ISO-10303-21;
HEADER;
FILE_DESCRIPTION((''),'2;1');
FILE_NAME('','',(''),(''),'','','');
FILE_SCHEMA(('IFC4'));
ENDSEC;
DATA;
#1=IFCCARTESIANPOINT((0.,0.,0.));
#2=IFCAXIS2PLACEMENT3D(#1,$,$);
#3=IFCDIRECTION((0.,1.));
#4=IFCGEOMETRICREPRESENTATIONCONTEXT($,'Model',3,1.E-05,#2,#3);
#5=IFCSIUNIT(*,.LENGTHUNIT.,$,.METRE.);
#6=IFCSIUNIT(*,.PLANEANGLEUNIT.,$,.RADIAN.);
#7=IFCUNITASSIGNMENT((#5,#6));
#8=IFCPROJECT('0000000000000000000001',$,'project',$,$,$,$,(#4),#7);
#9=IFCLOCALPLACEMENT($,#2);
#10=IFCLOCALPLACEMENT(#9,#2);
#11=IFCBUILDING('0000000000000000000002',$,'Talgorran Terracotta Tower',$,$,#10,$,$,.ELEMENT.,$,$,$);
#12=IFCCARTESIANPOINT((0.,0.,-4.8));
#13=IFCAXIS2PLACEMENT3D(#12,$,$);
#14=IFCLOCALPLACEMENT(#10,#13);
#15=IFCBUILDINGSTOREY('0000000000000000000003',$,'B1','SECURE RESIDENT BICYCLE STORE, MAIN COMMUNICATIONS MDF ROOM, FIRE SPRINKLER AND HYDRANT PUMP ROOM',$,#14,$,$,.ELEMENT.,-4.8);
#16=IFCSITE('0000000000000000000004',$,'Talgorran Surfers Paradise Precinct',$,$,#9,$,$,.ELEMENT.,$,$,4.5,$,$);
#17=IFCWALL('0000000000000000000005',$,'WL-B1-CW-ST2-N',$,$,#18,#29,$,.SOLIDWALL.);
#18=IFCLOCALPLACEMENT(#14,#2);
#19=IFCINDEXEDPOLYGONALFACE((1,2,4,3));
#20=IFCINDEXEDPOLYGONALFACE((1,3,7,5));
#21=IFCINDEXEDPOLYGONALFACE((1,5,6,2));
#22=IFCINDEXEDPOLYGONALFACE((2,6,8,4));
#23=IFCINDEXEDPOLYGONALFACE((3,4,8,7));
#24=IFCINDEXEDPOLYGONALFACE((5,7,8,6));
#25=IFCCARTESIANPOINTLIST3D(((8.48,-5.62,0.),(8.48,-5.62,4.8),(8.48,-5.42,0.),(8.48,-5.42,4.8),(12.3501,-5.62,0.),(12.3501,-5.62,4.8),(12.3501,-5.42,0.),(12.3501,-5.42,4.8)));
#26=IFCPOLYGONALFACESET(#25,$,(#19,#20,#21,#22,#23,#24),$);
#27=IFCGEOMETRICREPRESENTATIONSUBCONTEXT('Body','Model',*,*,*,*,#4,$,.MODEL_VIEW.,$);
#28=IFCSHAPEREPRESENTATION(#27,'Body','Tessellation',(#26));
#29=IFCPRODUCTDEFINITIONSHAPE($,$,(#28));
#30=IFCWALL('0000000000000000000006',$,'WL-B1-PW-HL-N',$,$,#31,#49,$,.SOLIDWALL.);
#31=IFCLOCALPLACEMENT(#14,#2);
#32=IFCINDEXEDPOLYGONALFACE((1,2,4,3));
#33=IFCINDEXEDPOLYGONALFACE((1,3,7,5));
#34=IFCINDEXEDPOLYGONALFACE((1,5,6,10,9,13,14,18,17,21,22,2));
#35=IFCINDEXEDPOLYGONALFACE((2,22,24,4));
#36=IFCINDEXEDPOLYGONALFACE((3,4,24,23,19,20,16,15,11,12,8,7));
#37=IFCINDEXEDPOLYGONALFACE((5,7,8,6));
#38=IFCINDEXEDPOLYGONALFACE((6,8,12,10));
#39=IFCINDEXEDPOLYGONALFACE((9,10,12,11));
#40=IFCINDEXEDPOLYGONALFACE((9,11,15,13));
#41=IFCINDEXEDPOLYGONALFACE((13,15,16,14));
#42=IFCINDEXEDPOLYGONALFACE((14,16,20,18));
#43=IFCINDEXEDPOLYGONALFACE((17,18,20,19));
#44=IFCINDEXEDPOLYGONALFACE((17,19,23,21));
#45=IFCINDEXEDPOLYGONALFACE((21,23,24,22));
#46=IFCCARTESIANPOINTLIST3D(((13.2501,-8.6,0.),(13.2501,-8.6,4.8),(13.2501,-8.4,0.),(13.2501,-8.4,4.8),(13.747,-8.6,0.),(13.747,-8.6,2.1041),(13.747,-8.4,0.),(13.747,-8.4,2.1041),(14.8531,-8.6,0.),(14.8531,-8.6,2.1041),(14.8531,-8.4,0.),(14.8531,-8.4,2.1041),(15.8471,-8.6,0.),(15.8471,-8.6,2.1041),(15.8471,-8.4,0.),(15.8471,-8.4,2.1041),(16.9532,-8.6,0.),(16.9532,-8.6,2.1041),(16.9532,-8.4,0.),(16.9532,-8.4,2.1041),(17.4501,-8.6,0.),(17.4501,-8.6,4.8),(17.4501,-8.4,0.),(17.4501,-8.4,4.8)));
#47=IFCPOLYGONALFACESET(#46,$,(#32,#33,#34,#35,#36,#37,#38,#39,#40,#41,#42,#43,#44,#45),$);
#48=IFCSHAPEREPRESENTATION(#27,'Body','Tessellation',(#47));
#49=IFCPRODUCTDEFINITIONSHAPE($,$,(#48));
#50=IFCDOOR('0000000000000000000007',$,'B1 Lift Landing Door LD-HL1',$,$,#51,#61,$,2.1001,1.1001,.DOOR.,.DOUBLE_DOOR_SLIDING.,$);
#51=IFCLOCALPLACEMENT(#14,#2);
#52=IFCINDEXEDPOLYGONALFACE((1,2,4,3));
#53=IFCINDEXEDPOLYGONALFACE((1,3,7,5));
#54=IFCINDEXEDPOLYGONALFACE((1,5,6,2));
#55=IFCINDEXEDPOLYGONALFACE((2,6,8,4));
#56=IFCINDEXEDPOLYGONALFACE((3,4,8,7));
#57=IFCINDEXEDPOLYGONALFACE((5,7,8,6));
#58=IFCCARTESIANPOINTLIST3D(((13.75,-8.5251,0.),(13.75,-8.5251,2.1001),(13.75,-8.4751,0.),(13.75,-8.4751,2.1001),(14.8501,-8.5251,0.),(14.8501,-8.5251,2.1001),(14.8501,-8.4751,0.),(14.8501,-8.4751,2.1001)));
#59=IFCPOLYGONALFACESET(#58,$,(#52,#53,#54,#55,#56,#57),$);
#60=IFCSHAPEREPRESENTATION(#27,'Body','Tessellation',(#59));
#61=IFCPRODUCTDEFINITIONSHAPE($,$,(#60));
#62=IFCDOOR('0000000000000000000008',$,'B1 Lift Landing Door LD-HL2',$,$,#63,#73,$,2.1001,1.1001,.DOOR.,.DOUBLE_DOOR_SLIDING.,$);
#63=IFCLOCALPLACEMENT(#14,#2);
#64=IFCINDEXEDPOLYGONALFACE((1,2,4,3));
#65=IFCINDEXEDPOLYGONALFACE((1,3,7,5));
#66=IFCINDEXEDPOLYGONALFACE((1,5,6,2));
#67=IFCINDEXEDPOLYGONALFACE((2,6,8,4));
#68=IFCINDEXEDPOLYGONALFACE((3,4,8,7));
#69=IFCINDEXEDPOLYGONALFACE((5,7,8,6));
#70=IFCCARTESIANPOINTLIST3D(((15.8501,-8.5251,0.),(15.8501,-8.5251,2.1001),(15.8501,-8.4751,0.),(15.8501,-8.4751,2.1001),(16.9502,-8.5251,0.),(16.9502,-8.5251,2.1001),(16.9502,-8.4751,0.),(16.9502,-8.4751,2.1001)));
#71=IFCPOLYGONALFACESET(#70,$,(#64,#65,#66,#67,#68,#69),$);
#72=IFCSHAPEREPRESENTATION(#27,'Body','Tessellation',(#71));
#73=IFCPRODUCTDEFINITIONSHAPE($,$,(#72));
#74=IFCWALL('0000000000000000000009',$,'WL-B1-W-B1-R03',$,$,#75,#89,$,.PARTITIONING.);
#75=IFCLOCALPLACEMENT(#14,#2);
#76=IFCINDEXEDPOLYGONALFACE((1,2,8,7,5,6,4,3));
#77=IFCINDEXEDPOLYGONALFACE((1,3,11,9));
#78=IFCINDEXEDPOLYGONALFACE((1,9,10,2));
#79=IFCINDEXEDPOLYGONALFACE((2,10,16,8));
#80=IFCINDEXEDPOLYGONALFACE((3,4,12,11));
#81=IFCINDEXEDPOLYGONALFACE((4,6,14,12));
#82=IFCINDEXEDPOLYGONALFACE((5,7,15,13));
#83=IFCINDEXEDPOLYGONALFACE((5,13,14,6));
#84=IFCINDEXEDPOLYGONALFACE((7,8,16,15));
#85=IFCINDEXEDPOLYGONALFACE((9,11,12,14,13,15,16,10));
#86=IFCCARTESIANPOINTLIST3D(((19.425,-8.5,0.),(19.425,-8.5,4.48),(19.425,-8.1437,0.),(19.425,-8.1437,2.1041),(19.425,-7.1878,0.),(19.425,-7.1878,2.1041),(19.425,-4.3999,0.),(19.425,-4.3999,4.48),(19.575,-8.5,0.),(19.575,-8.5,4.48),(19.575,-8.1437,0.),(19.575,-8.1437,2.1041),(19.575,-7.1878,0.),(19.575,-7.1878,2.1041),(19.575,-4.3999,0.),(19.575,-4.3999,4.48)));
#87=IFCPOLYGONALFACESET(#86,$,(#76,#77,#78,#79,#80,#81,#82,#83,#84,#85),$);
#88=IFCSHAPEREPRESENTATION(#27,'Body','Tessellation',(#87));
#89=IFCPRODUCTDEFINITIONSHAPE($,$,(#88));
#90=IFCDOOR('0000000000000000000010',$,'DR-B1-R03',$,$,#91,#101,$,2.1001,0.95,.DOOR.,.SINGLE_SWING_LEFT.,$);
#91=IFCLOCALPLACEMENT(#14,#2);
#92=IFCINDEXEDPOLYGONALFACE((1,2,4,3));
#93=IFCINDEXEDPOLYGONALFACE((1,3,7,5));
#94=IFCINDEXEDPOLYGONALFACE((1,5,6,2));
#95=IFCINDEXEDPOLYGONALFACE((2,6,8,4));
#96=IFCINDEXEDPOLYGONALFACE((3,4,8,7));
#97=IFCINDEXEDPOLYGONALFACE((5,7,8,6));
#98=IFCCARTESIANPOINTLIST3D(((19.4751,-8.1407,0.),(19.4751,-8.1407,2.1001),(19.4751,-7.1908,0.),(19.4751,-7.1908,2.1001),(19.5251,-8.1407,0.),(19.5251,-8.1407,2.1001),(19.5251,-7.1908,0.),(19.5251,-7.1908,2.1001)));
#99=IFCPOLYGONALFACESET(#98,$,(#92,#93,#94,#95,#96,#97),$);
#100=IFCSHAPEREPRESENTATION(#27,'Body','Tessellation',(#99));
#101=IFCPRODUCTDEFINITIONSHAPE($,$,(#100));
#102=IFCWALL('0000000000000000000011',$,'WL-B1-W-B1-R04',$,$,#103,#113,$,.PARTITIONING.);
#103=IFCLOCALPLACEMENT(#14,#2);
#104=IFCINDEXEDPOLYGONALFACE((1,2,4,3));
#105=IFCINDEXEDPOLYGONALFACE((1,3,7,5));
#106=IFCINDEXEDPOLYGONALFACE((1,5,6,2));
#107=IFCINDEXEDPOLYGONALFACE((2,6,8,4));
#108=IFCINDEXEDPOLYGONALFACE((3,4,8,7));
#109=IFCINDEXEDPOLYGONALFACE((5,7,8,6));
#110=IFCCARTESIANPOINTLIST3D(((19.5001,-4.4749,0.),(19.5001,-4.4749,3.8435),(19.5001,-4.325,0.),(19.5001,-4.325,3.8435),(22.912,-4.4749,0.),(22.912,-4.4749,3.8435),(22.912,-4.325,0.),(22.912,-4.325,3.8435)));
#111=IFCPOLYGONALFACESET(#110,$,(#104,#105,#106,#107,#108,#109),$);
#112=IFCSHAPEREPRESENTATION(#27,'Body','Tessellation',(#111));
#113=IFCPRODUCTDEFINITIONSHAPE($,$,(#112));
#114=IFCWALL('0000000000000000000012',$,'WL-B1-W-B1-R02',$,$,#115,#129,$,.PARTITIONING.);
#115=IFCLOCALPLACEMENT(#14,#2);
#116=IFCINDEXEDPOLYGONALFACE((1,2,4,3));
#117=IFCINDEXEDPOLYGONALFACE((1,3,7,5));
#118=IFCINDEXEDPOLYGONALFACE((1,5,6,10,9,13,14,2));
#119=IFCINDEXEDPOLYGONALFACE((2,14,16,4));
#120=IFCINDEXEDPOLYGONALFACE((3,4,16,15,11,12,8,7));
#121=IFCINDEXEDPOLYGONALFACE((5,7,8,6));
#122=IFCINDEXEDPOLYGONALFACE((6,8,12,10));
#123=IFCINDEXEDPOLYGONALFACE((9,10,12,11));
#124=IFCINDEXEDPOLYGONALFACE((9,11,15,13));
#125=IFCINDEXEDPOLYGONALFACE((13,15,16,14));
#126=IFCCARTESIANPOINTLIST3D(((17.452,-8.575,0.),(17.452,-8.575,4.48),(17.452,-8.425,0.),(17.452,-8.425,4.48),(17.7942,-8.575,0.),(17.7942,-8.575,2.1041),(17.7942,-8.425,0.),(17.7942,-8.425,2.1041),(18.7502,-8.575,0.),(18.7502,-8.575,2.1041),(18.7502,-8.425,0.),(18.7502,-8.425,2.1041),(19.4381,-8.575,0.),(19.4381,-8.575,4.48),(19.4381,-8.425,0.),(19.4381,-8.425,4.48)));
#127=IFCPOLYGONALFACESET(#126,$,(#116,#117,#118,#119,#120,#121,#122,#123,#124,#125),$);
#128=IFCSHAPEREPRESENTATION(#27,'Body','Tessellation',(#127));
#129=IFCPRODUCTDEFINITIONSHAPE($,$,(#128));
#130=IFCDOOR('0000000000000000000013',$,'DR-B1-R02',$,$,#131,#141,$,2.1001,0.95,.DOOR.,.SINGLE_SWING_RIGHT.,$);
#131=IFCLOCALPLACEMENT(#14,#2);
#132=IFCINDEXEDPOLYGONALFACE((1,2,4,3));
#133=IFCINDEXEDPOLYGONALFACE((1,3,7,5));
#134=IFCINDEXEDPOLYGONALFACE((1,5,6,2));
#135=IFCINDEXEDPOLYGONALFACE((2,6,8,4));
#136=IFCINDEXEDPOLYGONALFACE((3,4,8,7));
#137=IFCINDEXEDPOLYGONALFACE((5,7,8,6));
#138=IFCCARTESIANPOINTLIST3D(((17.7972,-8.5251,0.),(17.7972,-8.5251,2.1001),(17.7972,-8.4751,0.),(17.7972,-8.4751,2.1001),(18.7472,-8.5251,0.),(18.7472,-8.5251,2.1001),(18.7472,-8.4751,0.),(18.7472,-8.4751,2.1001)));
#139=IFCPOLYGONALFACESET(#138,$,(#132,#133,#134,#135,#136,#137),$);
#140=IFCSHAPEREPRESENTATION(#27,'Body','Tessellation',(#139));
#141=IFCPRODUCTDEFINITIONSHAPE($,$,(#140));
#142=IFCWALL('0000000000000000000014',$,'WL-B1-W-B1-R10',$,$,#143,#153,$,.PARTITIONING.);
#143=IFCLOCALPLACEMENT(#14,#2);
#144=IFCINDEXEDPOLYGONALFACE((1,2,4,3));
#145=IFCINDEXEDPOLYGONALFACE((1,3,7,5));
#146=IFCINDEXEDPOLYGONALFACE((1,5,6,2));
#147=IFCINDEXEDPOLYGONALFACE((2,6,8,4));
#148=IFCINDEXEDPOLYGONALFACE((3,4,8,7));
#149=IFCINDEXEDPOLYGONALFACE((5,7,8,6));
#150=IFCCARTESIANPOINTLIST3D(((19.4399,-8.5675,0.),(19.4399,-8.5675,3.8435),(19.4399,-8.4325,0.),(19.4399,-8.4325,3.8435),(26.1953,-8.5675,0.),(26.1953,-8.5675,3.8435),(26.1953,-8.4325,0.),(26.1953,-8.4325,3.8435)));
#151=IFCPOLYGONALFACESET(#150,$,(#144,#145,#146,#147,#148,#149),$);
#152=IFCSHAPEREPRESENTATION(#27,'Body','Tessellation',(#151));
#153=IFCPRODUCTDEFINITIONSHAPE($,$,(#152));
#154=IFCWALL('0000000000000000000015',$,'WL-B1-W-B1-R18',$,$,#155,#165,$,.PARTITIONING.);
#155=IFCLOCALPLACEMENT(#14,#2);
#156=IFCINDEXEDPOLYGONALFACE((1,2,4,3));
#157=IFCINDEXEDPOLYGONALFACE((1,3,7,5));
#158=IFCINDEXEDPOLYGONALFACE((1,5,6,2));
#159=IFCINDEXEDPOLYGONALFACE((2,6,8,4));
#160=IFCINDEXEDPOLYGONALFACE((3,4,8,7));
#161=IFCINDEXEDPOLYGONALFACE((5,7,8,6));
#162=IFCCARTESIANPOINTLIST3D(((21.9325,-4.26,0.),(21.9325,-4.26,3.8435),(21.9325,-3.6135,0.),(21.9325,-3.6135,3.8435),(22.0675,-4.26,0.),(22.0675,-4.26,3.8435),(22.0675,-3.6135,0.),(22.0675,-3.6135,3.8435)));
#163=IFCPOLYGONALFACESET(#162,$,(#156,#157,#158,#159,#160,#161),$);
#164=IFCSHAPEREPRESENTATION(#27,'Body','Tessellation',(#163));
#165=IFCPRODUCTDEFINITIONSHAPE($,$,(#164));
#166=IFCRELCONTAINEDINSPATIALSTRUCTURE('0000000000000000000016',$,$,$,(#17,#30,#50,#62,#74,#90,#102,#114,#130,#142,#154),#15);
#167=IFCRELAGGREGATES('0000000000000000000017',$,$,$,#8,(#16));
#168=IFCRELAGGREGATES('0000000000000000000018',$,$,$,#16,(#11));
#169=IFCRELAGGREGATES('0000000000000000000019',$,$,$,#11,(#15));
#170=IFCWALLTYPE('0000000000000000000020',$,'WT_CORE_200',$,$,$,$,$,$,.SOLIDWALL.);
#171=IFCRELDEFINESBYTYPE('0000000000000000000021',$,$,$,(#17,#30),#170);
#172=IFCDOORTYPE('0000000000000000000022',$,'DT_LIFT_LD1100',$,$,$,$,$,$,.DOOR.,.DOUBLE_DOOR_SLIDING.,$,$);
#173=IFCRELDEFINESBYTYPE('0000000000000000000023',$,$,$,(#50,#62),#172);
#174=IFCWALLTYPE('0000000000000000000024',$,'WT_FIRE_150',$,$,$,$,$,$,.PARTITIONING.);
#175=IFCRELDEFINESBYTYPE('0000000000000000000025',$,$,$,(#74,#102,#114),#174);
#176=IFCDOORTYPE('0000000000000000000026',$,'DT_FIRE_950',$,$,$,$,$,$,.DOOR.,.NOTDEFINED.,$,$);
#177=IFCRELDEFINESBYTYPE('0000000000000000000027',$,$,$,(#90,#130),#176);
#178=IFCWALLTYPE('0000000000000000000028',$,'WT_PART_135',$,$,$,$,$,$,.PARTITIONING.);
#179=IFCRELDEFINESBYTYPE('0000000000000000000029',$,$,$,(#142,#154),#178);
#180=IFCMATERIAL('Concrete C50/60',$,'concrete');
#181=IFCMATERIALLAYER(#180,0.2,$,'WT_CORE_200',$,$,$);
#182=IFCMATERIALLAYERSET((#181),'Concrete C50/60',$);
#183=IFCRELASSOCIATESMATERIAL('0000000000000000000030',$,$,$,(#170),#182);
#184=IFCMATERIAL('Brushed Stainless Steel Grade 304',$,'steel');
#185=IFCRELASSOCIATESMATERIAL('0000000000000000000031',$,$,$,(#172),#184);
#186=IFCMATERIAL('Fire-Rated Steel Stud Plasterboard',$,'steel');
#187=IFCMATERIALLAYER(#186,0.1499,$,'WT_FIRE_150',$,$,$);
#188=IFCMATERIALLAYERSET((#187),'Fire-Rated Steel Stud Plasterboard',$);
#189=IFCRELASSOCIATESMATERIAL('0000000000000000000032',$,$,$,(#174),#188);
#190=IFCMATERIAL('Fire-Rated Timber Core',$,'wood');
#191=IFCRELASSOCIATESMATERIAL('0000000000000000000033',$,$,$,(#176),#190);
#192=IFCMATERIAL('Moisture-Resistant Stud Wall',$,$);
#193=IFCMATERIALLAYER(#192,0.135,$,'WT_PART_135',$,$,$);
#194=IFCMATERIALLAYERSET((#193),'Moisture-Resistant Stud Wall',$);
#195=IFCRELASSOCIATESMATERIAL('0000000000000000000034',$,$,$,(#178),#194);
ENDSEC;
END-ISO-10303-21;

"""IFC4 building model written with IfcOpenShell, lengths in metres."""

from ifc_helpers import new_model, si_unit, direction, frame, frame_2d, origin, place, context, subcontext, project, spatial, rectangle, extrude, material, layer, layer_set, type_object, element, fill, save


model = new_model("IFC4")

# Units and contexts
model_context = context("Model", 3, precision=1e-05, world=origin(), true_north=direction((0.0, 1.0)))
body_context = subcontext(model_context, "Body", "Model", "MODEL_VIEW")
ifc_project = project(units=[si_unit("LENGTHUNIT", "METRE"), si_unit("PLANEANGLEUNIT", "RADIAN")], contexts=[model_context])

# Site, building, storey
site_placement = place(None, origin())
site = spatial("IfcSite", under=ifc_project, at=site_placement, Name="Talgorran Surfers Paradise Precinct", CompositionType="ELEMENT", RefElevation=4.5)
building_placement = place(site_placement, origin())
building = spatial("IfcBuilding", under=site, at=building_placement, Name="Talgorran Terracotta Tower", CompositionType="ELEMENT")
storey_placement = place(building_placement, frame((0.0, 0.0, -4.8)))
storey = spatial("IfcBuildingStorey", under=building, at=storey_placement, Name="B1", Description="SECURE RESIDENT BICYCLE STORE, MAIN COMMUNICATIONS MDF ROOM, FIRE SPRINKLER AND HYDRANT PUMP ROOM", CompositionType="ELEMENT", Elevation=-4.8)

# Shared definitions
ifc_material_1 = material(Name="Concrete C50/60", Category="concrete")

# Wall
ifc_layer_1 = layer(ifc_material_1, 0.2, Name="WT_CORE_200")
ifc_layer_set_1 = layer_set([ifc_layer_1], Name="Concrete C50/60")
wall_type_1 = type_object("IfcWallType", Name="WT_CORE_200", PredefinedType="SOLIDWALL", material=ifc_layer_set_1)
wall_1_placement = place(storey_placement, frame((8.48, -5.52, 0.0), z_axis=(0.0, 0.0, 1.0), x_axis=(1.0, 0.0, 0.0)))
element("IfcWall", 1, at=wall_1_placement, inside=storey, type_object=wall_type_1, Name="WL-B1-CW-ST2-N", PredefinedType="SOLIDWALL", context=body_context, shape_type="SweptSolid", body=[
    extrude(rectangle(XDim=3.8701, YDim=0.2, at=frame_2d((1.9351, 0.0))), origin(), (0.0, 0.0, 1.0), 4.8),
])

# Wall, openings, doors
wall_2_placement = place(storey_placement, frame((13.25, -8.5, 0.0), z_axis=(0.0, 0.0, 1.0), x_axis=(1.0, 0.0, 0.0)))
wall_2 = element("IfcWall", 2, at=wall_2_placement, inside=storey, type_object=wall_type_1, Name="WL-B1-PW-HL-N", PredefinedType="SOLIDWALL", context=body_context, shape_type="SweptSolid", body=[
    extrude(rectangle(XDim=4.2, YDim=0.2, at=frame_2d((2.1001, 0.0))), origin(), (0.0, 0.0, 1.0), 4.8),
])
opening_1_placement = place(wall_2_placement, frame((0.5, 0.0, 0.0)))
opening_1 = element("IfcOpeningElement", 3, at=opening_1_placement, cuts=wall_2, PredefinedType="OPENING", context=body_context, shape_type="SweptSolid", body=[
    extrude(rectangle(XDim=1.1061, YDim=2.1041, at=frame_2d((0.55, 1.052))), frame((0.0, 0.1099, 0.0), z_axis=(0.0, -1.0, 0.0), x_axis=(1.0, 0.0, 0.0)), (0.0, 0.0, 1.0), 0.22),
])
opening_2_placement = place(wall_2_placement, frame((2.6001, 0.0, 0.0)))
opening_2 = element("IfcOpeningElement", 4, at=opening_2_placement, cuts=wall_2, PredefinedType="OPENING", context=body_context, shape_type="SweptSolid", body=[
    extrude(rectangle(XDim=1.1061, YDim=2.1041, at=frame_2d((0.55, 1.052))), frame((0.0, 0.1099, 0.0), z_axis=(0.0, -1.0, 0.0), x_axis=(1.0, 0.0, 0.0)), (0.0, 0.0, 1.0), 0.22),
])
ifc_material_2 = material(Name="Brushed Stainless Steel Grade 304", Category="steel")
door_type_1 = type_object("IfcDoorType", Name="DT_LIFT_LD1100", OperationType="DOUBLE_DOOR_SLIDING", PredefinedType="DOOR", material=ifc_material_2)
door_1_placement = place(opening_1_placement, origin())
door_1 = element("IfcDoor", 5, at=door_1_placement, inside=storey, type_object=door_type_1, Name="B1 Lift Landing Door LD-HL1", OperationType="DOUBLE_DOOR_SLIDING", OverallHeight=2.1001, OverallWidth=1.1001, PredefinedType="DOOR", context=body_context, shape_type="SweptSolid", body=[
    extrude(rectangle(XDim=1.1001, YDim=2.1001, at=frame_2d((0.55, 1.05))), frame((0.0, 0.0249, 0.0), z_axis=(0.0, -1.0, 0.0), x_axis=(1.0, 0.0, 0.0)), (0.0, 0.0, 1.0), 0.05),
])
fill(opening_1, door_1)
door_2_placement = place(opening_2_placement, origin())
door_2 = element("IfcDoor", 6, at=door_2_placement, inside=storey, type_object=door_type_1, Name="B1 Lift Landing Door LD-HL2", OperationType="DOUBLE_DOOR_SLIDING", OverallHeight=2.1001, OverallWidth=1.1001, PredefinedType="DOOR", context=body_context, shape_type="SweptSolid", body=[
    extrude(rectangle(XDim=1.1001, YDim=2.1001, at=frame_2d((0.55, 1.05))), frame((0.0, 0.0249, 0.0), z_axis=(0.0, -1.0, 0.0), x_axis=(1.0, 0.0, 0.0)), (0.0, 0.0, 1.0), 0.05),
])
fill(opening_2, door_2)

# Wall, opening, door
ifc_material_3 = material(Name="Fire-Rated Steel Stud Plasterboard", Category="steel")
ifc_layer_2 = layer(ifc_material_3, 0.1499, Name="WT_FIRE_150")
ifc_layer_set_2 = layer_set([ifc_layer_2], Name="Fire-Rated Steel Stud Plasterboard")
wall_type_2 = type_object("IfcWallType", Name="WT_FIRE_150", PredefinedType="PARTITIONING", material=ifc_layer_set_2)
wall_3_placement = place(storey_placement, frame((19.5, -8.5, 0.0), z_axis=(0.0, 0.0, 1.0), x_axis=(0.0, 1.0, 0.0)))
wall_3 = element("IfcWall", 7, at=wall_3_placement, inside=storey, type_object=wall_type_2, Name="WL-B1-W-B1-R03", PredefinedType="PARTITIONING", context=body_context, shape_type="SweptSolid", body=[
    extrude(rectangle(XDim=4.1001, YDim=0.1499, at=frame_2d((2.05, 0.0))), origin(), (0.0, 0.0, 1.0), 4.48),
])
opening_3_placement = place(wall_3_placement, frame((0.3591, 0.0, 0.0)))
opening_3 = element("IfcOpeningElement", 8, at=opening_3_placement, cuts=wall_3, PredefinedType="OPENING", context=body_context, shape_type="SweptSolid", body=[
    extrude(rectangle(XDim=0.956, YDim=2.1041, at=frame_2d((0.4751, 1.052))), frame((0.0, 0.085, 0.0), z_axis=(0.0, -1.0, 0.0), x_axis=(1.0, 0.0, 0.0)), (0.0, 0.0, 1.0), 0.1699),
])
ifc_material_4 = material(Name="Fire-Rated Timber Core", Category="wood")
door_type_2 = type_object("IfcDoorType", Name="DT_FIRE_950", OperationType="NOTDEFINED", PredefinedType="DOOR", material=ifc_material_4)
door_3_placement = place(opening_3_placement, origin())
door_3 = element("IfcDoor", 9, at=door_3_placement, inside=storey, type_object=door_type_2, Name="DR-B1-R03", OperationType="SINGLE_SWING_LEFT", OverallHeight=2.1001, OverallWidth=0.95, PredefinedType="DOOR", context=body_context, shape_type="SweptSolid", body=[
    extrude(rectangle(XDim=0.95, YDim=2.1001, at=frame_2d((0.4751, 1.05))), frame((0.0, 0.0249, 0.0), z_axis=(0.0, -1.0, 0.0), x_axis=(1.0, 0.0, 0.0)), (0.0, 0.0, 1.0), 0.05),
])
fill(opening_3, door_3)

# Wall
wall_4_placement = place(storey_placement, frame((19.5, -4.3999, 0.0), z_axis=(0.0, 0.0, 1.0), x_axis=(1.0, 0.0, 0.0)))
element("IfcWall", 10, at=wall_4_placement, inside=storey, type_object=wall_type_2, Name="WL-B1-W-B1-R04", PredefinedType="PARTITIONING", context=body_context, shape_type="SweptSolid", body=[
    extrude(rectangle(XDim=3.4119, YDim=0.1499, at=frame_2d((1.7061, 0.0))), origin(), (0.0, 0.0, 1.0), 3.8435),
])

# Wall, opening, door
wall_5_placement = place(storey_placement, frame((17.4519, -8.5, 0.0), z_axis=(0.0, 0.0, 1.0), x_axis=(1.0, 0.0, 0.0)))
wall_5 = element("IfcWall", 11, at=wall_5_placement, inside=storey, type_object=wall_type_2, Name="WL-B1-W-B1-R02", PredefinedType="PARTITIONING", context=body_context, shape_type="SweptSolid", body=[
    extrude(rectangle(XDim=1.9861, YDim=0.1499, at=frame_2d((0.9932, 0.0))), origin(), (0.0, 0.0, 1.0), 4.48),
])
opening_4_placement = place(wall_5_placement, frame((0.3452, 0.0, 0.0)))
opening_4 = element("IfcOpeningElement", 12, at=opening_4_placement, cuts=wall_5, PredefinedType="OPENING", context=body_context, shape_type="SweptSolid", body=[
    extrude(rectangle(XDim=0.956, YDim=2.1041, at=frame_2d((0.4751, 1.052))), frame((0.0, 0.085, 0.0), z_axis=(0.0, -1.0, 0.0), x_axis=(1.0, 0.0, 0.0)), (0.0, 0.0, 1.0), 0.1699),
])
door_4_placement = place(opening_4_placement, origin())
door_4 = element("IfcDoor", 13, at=door_4_placement, inside=storey, type_object=door_type_2, Name="DR-B1-R02", OperationType="SINGLE_SWING_RIGHT", OverallHeight=2.1001, OverallWidth=0.95, PredefinedType="DOOR", context=body_context, shape_type="SweptSolid", body=[
    extrude(rectangle(XDim=0.95, YDim=2.1001, at=frame_2d((0.4751, 1.05))), frame((0.0, 0.0249, 0.0), z_axis=(0.0, -1.0, 0.0), x_axis=(1.0, 0.0, 0.0)), (0.0, 0.0, 1.0), 0.05),
])
fill(opening_4, door_4)

# Walls
ifc_material_5 = material(Name="Moisture-Resistant Stud Wall")
ifc_layer_3 = layer(ifc_material_5, 0.135, Name="WT_PART_135")
ifc_layer_set_3 = layer_set([ifc_layer_3], Name="Moisture-Resistant Stud Wall")
wall_type_3 = type_object("IfcWallType", Name="WT_PART_135", PredefinedType="PARTITIONING", material=ifc_layer_set_3)
wall_6_placement = place(storey_placement, frame((19.4399, -8.5, 0.0), z_axis=(0.0, 0.0, 1.0), x_axis=(1.0, 0.0, 0.0)))
element("IfcWall", 14, at=wall_6_placement, inside=storey, type_object=wall_type_3, Name="WL-B1-W-B1-R10", PredefinedType="PARTITIONING", context=body_context, shape_type="SweptSolid", body=[
    extrude(rectangle(XDim=6.7554, YDim=0.135, at=frame_2d((3.3777, 0.0))), origin(), (0.0, 0.0, 1.0), 3.8435),
])
wall_7_placement = place(storey_placement, frame((22.0, -4.26, 0.0), z_axis=(0.0, 0.0, 1.0), x_axis=(0.0, 1.0, 0.0)))
element("IfcWall", 15, at=wall_7_placement, inside=storey, type_object=wall_type_3, Name="WL-B1-W-B1-R18", PredefinedType="PARTITIONING", context=body_context, shape_type="SweptSolid", body=[
    extrude(rectangle(XDim=0.6465, YDim=0.135, at=frame_2d((0.3232, 0.0))), origin(), (0.0, 0.0, 1.0), 3.8435),
])

save(model, "model.ifc")
